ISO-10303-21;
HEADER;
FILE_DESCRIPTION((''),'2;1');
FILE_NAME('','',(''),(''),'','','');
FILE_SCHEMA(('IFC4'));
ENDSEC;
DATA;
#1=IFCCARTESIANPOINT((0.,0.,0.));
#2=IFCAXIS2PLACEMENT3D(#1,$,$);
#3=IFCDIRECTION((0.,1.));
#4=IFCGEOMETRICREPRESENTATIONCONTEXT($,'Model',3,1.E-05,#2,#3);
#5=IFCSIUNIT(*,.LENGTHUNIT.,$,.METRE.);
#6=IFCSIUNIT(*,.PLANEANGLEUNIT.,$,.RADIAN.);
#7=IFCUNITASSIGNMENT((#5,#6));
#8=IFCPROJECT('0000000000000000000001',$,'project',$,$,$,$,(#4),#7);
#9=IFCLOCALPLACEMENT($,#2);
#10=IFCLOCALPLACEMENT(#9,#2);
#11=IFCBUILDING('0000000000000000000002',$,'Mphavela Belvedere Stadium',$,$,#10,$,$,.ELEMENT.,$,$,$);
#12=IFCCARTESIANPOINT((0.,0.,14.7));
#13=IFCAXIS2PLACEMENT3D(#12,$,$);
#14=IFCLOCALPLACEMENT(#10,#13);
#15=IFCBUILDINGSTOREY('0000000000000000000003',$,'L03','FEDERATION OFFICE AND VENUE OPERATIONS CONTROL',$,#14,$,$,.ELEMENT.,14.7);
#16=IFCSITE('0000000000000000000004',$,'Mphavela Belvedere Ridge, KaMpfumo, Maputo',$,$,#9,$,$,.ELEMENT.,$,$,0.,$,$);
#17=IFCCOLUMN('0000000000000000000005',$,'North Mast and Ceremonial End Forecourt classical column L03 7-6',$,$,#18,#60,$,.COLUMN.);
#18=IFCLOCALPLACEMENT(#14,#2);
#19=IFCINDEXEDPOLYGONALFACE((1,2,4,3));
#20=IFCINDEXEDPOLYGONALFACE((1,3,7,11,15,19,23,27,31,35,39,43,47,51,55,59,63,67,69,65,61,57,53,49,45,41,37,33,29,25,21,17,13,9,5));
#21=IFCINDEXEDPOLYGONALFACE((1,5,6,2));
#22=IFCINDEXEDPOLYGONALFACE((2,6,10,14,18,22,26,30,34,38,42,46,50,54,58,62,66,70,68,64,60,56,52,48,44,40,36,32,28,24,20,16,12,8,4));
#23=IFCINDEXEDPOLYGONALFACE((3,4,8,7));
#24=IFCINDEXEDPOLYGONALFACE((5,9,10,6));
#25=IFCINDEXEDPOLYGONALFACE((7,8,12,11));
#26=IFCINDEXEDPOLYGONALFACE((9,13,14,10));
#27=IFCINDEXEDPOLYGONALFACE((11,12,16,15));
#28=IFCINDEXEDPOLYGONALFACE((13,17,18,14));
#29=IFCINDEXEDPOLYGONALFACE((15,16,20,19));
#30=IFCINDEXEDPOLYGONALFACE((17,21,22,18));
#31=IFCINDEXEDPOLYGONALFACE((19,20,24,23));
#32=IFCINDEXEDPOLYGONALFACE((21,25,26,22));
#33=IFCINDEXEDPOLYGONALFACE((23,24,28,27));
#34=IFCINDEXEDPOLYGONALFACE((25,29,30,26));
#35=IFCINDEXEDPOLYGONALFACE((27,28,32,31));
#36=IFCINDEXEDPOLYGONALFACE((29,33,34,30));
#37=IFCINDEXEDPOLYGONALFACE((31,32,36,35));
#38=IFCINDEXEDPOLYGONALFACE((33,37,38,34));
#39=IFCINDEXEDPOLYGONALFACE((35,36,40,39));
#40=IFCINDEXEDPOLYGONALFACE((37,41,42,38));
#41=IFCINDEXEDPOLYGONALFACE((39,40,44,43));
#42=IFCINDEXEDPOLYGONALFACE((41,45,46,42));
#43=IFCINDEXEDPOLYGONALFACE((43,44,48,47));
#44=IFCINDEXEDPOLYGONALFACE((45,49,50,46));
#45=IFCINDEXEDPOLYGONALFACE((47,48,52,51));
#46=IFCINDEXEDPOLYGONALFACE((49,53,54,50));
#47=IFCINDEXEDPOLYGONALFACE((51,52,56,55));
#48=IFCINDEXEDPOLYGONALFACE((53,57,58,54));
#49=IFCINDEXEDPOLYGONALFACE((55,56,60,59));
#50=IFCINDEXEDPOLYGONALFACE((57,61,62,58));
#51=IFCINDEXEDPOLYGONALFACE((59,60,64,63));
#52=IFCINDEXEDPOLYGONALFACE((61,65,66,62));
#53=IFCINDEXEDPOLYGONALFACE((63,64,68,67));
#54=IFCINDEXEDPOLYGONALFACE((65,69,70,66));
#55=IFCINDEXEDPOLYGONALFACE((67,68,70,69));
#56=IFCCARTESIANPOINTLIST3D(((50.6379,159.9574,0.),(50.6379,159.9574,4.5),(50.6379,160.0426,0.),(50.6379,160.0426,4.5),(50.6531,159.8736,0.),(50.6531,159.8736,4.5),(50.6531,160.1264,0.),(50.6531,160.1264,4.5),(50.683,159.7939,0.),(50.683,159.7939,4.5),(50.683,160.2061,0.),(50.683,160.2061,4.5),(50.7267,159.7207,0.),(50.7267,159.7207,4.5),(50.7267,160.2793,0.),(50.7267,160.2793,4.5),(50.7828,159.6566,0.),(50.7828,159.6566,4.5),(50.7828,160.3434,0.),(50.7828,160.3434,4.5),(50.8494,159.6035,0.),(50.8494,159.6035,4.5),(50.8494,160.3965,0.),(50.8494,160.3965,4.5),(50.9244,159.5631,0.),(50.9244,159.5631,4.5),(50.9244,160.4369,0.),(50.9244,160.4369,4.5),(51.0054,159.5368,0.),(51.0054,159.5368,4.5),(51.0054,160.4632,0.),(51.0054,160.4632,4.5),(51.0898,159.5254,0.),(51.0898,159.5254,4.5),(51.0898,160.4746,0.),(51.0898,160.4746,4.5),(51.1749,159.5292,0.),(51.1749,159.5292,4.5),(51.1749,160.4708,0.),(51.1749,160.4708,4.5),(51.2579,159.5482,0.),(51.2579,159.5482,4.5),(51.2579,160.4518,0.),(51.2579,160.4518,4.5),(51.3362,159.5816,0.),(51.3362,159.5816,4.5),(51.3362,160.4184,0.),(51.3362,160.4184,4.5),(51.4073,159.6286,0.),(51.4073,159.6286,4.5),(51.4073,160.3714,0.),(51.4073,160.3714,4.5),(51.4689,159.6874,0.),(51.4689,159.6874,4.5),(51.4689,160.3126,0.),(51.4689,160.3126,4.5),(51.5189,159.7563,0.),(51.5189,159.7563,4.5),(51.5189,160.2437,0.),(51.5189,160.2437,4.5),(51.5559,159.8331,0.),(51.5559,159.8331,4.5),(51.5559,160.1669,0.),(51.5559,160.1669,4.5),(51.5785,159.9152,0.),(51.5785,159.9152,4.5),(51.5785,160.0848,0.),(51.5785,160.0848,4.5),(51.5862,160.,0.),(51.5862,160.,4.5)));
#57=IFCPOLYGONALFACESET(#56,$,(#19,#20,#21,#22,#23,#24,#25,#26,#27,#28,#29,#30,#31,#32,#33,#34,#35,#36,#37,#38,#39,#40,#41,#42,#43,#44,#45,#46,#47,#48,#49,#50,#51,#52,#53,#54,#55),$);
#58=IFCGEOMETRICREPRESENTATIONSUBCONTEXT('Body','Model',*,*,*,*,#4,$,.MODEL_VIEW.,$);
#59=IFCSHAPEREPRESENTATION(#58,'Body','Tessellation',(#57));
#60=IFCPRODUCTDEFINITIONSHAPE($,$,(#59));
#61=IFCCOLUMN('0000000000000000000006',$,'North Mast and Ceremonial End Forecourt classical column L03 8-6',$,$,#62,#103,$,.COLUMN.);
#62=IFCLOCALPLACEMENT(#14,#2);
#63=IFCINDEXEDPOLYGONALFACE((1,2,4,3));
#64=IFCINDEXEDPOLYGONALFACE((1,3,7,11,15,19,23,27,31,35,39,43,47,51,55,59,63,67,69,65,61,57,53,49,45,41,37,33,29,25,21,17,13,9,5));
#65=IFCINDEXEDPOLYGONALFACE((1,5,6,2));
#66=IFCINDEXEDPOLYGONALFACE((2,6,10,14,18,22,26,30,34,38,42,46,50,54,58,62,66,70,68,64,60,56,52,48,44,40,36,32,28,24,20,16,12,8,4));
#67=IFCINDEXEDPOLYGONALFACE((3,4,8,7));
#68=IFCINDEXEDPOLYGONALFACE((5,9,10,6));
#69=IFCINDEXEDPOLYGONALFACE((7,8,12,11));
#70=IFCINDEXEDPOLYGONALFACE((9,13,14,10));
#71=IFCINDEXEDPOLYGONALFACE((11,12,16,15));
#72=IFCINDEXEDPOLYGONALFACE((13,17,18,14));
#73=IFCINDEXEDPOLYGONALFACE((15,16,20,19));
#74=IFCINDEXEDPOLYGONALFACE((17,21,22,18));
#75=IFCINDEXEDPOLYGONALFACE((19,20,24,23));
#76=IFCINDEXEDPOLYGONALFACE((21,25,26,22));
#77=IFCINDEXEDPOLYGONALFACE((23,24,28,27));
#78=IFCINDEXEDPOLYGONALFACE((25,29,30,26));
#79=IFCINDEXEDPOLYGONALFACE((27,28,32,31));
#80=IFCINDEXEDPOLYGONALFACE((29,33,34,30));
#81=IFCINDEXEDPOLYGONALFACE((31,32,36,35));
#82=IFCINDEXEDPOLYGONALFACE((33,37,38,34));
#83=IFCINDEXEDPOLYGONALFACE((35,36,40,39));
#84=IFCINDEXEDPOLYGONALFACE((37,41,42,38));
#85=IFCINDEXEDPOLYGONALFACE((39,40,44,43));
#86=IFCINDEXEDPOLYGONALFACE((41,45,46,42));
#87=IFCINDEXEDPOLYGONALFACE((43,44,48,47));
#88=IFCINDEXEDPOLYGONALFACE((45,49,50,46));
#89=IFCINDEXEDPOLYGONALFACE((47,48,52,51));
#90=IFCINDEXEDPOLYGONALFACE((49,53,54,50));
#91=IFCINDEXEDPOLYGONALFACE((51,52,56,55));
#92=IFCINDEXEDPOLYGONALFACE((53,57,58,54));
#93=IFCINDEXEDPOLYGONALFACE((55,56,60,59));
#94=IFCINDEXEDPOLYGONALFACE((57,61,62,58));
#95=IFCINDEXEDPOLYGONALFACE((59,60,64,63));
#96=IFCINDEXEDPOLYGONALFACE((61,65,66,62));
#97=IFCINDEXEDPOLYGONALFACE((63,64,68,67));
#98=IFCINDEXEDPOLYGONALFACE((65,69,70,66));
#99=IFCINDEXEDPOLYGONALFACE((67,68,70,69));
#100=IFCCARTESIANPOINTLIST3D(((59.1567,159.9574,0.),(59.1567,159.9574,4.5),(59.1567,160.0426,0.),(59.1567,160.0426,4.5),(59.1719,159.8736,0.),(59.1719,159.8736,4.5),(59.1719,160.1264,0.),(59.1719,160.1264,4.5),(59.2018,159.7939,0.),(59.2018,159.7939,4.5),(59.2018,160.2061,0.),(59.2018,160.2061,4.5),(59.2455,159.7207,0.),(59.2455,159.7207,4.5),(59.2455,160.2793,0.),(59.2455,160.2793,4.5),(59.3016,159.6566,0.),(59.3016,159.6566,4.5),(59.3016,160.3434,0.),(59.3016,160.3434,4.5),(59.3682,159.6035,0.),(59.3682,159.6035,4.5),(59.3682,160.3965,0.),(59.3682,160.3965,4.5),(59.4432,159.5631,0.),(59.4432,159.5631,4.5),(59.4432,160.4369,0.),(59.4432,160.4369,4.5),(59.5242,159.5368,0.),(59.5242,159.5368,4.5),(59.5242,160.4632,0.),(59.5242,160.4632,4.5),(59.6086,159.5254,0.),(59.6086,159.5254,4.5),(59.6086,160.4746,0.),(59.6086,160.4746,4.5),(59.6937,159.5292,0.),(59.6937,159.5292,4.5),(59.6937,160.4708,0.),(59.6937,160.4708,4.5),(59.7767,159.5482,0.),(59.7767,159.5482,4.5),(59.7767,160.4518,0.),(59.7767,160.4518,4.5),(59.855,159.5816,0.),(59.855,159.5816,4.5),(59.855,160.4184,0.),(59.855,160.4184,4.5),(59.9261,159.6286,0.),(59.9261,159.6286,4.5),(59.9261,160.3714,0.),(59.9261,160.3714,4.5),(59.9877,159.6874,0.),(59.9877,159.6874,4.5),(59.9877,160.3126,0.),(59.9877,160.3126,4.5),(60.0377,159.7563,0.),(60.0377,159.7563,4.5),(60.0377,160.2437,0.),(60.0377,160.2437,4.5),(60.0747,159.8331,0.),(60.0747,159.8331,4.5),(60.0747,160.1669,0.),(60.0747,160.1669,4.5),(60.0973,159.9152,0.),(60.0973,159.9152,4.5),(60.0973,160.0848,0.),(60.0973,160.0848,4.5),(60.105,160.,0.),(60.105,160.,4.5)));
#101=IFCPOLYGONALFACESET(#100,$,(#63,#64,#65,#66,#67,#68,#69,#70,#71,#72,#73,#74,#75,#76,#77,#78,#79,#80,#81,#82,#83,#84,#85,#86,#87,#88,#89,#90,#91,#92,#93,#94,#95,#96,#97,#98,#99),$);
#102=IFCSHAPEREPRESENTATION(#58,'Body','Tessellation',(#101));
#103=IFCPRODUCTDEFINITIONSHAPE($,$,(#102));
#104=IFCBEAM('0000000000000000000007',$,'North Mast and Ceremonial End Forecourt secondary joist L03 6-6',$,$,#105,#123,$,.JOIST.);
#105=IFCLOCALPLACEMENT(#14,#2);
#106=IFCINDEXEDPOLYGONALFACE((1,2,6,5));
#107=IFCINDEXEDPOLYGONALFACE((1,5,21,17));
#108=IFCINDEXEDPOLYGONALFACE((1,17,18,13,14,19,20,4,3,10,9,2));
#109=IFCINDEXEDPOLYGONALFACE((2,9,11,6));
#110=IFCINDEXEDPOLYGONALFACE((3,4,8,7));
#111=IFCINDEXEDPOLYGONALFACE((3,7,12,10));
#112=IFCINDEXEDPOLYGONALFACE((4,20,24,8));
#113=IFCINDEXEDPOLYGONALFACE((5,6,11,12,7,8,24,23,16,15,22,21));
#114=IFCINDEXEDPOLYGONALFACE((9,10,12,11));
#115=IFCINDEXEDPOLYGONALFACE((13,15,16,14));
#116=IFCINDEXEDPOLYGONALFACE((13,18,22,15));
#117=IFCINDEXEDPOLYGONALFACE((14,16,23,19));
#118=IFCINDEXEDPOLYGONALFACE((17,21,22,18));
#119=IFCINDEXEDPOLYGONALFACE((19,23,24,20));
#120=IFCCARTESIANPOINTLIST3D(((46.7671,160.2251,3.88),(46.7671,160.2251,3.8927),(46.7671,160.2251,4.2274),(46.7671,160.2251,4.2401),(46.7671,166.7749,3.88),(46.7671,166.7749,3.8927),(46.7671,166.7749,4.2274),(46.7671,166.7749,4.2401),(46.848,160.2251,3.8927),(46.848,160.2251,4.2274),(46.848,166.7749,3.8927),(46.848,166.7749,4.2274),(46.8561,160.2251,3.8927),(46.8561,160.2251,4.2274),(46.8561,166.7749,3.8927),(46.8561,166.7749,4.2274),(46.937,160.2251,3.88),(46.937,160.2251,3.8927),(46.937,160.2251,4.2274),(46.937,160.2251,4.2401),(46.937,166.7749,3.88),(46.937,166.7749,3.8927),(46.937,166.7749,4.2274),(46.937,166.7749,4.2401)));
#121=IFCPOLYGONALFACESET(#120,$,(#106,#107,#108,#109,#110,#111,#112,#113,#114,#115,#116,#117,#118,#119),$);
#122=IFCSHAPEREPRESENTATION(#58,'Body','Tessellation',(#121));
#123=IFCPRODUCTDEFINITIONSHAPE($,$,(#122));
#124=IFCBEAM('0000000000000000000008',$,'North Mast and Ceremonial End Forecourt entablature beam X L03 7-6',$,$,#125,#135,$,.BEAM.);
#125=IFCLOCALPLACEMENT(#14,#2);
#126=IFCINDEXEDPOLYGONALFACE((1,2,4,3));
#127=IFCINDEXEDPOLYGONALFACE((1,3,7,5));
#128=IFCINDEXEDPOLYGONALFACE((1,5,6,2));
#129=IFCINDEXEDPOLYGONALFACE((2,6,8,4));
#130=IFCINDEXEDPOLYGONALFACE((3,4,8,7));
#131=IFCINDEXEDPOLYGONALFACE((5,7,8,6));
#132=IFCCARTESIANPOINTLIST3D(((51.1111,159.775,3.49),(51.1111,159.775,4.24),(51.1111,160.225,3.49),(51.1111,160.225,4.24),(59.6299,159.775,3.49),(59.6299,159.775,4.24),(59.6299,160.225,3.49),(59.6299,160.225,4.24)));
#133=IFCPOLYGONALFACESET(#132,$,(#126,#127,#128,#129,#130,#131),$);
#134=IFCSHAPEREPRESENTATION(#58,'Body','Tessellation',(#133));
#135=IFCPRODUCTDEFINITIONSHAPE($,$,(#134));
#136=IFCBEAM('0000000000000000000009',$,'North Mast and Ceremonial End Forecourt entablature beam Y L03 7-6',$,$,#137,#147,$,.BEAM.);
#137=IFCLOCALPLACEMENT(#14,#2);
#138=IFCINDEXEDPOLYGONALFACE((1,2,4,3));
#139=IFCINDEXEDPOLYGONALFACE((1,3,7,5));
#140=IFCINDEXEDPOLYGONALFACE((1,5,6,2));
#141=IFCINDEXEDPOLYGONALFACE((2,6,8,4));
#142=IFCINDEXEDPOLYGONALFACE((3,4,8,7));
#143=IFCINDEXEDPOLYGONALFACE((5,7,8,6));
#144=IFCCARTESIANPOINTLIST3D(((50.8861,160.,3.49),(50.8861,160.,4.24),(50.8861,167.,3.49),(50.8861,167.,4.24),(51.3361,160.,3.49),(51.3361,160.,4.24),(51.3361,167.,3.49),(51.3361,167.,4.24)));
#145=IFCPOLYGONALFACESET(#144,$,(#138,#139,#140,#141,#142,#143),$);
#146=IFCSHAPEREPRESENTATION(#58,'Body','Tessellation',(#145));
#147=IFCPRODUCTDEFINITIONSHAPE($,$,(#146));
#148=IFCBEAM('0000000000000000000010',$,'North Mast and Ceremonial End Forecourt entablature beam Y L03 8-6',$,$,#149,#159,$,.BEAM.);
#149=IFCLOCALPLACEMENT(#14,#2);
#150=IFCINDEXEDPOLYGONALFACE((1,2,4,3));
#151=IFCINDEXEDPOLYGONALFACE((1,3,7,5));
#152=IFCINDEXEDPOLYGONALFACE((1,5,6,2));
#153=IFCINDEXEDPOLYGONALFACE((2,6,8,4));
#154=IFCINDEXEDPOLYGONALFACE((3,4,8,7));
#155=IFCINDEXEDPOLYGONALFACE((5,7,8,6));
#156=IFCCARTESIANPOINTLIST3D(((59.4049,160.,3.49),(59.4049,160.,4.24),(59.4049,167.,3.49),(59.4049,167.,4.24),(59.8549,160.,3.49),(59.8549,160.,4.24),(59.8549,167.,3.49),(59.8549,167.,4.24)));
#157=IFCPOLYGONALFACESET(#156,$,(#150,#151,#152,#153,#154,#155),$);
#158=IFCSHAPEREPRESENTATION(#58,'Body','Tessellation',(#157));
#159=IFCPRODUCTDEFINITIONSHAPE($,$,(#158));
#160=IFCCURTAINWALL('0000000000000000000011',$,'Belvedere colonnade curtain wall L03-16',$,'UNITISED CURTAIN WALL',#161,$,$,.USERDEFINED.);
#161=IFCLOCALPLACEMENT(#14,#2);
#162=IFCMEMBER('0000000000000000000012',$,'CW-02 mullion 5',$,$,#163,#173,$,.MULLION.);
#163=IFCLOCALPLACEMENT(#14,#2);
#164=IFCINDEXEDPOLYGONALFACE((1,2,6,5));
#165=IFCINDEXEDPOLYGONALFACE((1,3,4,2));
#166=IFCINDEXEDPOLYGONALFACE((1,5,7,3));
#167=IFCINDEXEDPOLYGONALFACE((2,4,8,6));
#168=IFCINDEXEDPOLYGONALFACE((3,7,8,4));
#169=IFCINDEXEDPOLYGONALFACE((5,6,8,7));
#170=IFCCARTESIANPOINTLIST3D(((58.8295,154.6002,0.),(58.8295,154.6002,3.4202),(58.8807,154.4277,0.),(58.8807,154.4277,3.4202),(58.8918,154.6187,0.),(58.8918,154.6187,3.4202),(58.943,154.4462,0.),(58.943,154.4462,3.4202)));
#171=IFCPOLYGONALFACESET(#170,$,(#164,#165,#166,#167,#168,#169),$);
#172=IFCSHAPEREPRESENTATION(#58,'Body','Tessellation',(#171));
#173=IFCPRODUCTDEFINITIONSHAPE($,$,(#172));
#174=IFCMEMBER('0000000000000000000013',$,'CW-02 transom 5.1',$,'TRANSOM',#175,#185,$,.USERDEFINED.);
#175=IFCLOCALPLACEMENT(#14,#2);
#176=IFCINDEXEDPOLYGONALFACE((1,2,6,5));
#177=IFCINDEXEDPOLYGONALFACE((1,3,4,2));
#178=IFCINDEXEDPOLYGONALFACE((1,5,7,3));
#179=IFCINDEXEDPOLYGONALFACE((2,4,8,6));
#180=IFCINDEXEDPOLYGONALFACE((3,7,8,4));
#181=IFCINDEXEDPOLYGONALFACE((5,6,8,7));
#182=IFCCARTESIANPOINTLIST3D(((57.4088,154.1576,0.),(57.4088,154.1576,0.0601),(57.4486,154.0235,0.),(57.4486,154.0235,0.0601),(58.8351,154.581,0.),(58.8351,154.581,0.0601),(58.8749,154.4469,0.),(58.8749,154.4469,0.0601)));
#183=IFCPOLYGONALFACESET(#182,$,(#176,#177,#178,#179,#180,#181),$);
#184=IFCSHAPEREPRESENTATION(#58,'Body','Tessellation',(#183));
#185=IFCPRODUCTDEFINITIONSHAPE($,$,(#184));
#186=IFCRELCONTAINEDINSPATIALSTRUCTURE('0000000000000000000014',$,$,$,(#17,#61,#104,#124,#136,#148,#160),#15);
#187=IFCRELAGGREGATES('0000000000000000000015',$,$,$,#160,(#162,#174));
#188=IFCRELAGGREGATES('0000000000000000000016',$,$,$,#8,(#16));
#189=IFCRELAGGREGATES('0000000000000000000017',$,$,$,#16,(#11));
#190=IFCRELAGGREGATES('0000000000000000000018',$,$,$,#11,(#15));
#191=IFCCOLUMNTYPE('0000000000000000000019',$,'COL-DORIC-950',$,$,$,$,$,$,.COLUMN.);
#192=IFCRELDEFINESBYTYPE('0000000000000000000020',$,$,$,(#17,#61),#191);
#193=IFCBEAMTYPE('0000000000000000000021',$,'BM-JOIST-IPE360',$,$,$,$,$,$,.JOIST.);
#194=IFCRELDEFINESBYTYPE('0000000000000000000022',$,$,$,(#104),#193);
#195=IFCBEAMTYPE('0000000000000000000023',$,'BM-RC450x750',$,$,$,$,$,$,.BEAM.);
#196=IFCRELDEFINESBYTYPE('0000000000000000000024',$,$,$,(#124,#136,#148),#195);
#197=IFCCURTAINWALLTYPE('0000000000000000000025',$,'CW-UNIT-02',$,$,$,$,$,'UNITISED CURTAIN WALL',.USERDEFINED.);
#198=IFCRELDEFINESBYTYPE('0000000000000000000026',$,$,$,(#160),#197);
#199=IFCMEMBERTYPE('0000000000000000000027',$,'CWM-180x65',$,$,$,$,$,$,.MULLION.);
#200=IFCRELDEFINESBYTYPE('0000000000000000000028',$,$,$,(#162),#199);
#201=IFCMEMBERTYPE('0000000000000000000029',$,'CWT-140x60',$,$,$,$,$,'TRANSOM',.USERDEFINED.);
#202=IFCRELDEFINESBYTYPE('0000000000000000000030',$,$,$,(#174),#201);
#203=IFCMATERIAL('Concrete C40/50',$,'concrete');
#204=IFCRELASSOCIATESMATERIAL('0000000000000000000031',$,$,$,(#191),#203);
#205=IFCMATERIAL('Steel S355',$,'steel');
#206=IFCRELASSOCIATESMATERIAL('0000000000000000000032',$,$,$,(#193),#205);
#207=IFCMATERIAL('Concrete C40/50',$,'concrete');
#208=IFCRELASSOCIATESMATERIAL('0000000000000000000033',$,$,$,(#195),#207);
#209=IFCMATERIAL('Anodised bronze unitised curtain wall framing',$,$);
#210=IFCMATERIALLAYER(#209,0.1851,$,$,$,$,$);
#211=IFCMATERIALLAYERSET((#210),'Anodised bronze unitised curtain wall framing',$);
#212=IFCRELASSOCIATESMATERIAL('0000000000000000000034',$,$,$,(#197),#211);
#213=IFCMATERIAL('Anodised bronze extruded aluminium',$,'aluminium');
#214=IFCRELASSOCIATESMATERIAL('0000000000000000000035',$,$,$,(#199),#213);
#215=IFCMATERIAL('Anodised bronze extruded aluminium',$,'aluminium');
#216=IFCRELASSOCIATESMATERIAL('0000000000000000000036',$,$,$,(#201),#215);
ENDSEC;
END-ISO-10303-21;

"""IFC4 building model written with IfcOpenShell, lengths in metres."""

from ifc_helpers import new_model, si_unit, direction, frame, origin, origin_2d, place, context, subcontext, project, spatial, rectangle, circle, i_section, extrude, material, layer, layer_set, material_profile, profile_set, type_object, element, aggregate, save


model = new_model("IFC4")

# Units and contexts
model_context = context("Model", 3, precision=1e-05, world=origin(), true_north=direction((0.0, 1.0)))
body_context = subcontext(model_context, "Body", "Model", "MODEL_VIEW")
ifc_project = project(units=[si_unit("LENGTHUNIT", "METRE"), si_unit("PLANEANGLEUNIT", "RADIAN")], contexts=[model_context])

# Site, building, storey
site_placement = place(None, origin())
site = spatial("IfcSite", under=ifc_project, at=site_placement, Name="Mphavela Belvedere Ridge, KaMpfumo, Maputo", CompositionType="ELEMENT", RefElevation=0.0)
building_placement = place(site_placement, origin())
building = spatial("IfcBuilding", under=site, at=building_placement, Name="Mphavela Belvedere Stadium", CompositionType="ELEMENT")
storey_placement = place(building_placement, frame((0.0, 0.0, 14.7)))
storey = spatial("IfcBuildingStorey", under=building, at=storey_placement, Name="L03", Description="FEDERATION OFFICE AND VENUE OPERATIONS CONTROL", CompositionType="ELEMENT", Elevation=14.7)

# Columns
ifc_material_1 = material(Name="Concrete C40/50", Category="concrete")
ifc_material_profile_1 = material_profile(ifc_material_1, circle(Radius=0.4751, at=origin_2d()), Name="COL D950")
ifc_profile_set_1 = profile_set([ifc_material_profile_1], Name="Concrete C40/50")
column_type = type_object("IfcColumnType", Name="COL-DORIC-950", PredefinedType="COLUMN", material=ifc_profile_set_1)
for number, where, z_axis, x_axis, name in (
    (1, (51.1111, 160.0, 0.0), (0.0, 0.0, 1.0), (1.0, 0.0, 0.0), "North Mast and Ceremonial End Forecourt classical column L03 7-6"),
    (2, (59.6299, 160.0, 0.0), (0.0, 0.0, 1.0), (1.0, 0.0, 0.0), "North Mast and Ceremonial End Forecourt classical column L03 8-6"),
):
    element("IfcColumn", number, at=place(storey_placement, frame(where, z_axis=z_axis, x_axis=x_axis)), inside=storey, type_object=column_type, Name=name, PredefinedType="COLUMN", context=body_context, shape_type="SweptSolid", body=[
        extrude(circle(Radius=0.4751, at=origin_2d()), origin(), (0.0, 0.0, 1.0), 4.5),
    ])

# Beams
ifc_material_2 = material(Name="Steel S355", Category="steel")
ifc_material_profile_2 = material_profile(ifc_material_2, i_section(OverallWidth=0.1699, OverallDepth=0.3601, WebThickness=0.0081, FlangeThickness=0.0127, at=origin_2d()), Name="IPE 360")
ifc_profile_set_2 = profile_set([ifc_material_profile_2], Name="Steel S355")
beam_type_1 = type_object("IfcBeamType", Name="BM-JOIST-IPE360", PredefinedType="JOIST", material=ifc_profile_set_2)
beam_1_placement = place(storey_placement, frame((46.8521, 160.2251, 4.0601), z_axis=(0.0, 1.0, 0.0), x_axis=(-1.0, 0.0, 0.0)))
element("IfcBeam", 3, at=beam_1_placement, inside=storey, type_object=beam_type_1, Name="North Mast and Ceremonial End Forecourt secondary joist L03 6-6", PredefinedType="JOIST", context=body_context, shape_type="SweptSolid", body=[
    extrude(i_section(OverallWidth=0.1699, OverallDepth=0.3601, WebThickness=0.0081, FlangeThickness=0.0127, at=origin_2d()), origin(), (0.0, 0.0, 1.0), 6.5498),
])
ifc_material_3 = material(Name="Concrete C40/50", Category="concrete")
ifc_material_profile_3 = material_profile(ifc_material_3, rectangle(XDim=0.45, YDim=0.75, at=origin_2d()), Name="RC 450x750")
ifc_profile_set_3 = profile_set([ifc_material_profile_3], Name="Concrete C40/50")
beam_type_2 = type_object("IfcBeamType", Name="BM-RC450x750", PredefinedType="BEAM", material=ifc_profile_set_3)
beam_2_placement = place(storey_placement, frame((51.1111, 160.0, 3.865), z_axis=(1.0, 0.0, 0.0), x_axis=(0.0, 1.0, 0.0)))
element("IfcBeam", 4, at=beam_2_placement, inside=storey, type_object=beam_type_2, Name="North Mast and Ceremonial End Forecourt entablature beam X L03 7-6", PredefinedType="BEAM", context=body_context, shape_type="SweptSolid", body=[
    extrude(rectangle(XDim=0.45, YDim=0.75, at=origin_2d()), origin(), (0.0, 0.0, 1.0), 8.5188),
])
for number, where, z_axis, x_axis, name in (
    (5, (51.1111, 160.0, 3.865), (0.0, 1.0, 0.0), (-1.0, 0.0, 0.0), "North Mast and Ceremonial End Forecourt entablature beam Y L03 7-6"),
    (6, (59.6299, 160.0, 3.865), (0.0, 1.0, 0.0), (-1.0, 0.0, 0.0), "North Mast and Ceremonial End Forecourt entablature beam Y L03 8-6"),
):
    element("IfcBeam", number, at=place(storey_placement, frame(where, z_axis=z_axis, x_axis=x_axis)), inside=storey, type_object=beam_type_2, Name=name, PredefinedType="BEAM", context=body_context, shape_type="SweptSolid", body=[
        extrude(rectangle(XDim=0.45, YDim=0.75, at=origin_2d()), origin(), (0.0, 0.0, 1.0), 7.0),
    ])

# Curtain wall, members
ifc_material_4 = material(Name="Anodised bronze unitised curtain wall framing")
ifc_layer_1 = layer(ifc_material_4, 0.1851)
ifc_layer_set_1 = layer_set([ifc_layer_1], Name="Anodised bronze unitised curtain wall framing")
curtain_wall_type = type_object("IfcCurtainWallType", Name="CW-UNIT-02", ElementType="UNITISED CURTAIN WALL", PredefinedType="USERDEFINED", material=ifc_layer_set_1)
curtain_wall_placement = place(storey_placement, origin())
curtain_wall = element("IfcCurtainWall", 7, at=curtain_wall_placement, inside=storey, type_object=curtain_wall_type, Name="Belvedere colonnade curtain wall L03-16", ObjectType="UNITISED CURTAIN WALL", PredefinedType="USERDEFINED")
ifc_material_5 = material(Name="Anodised bronze extruded aluminium", Category="aluminium")
ifc_material_profile_4 = material_profile(ifc_material_5, rectangle(XDim=0.1799, YDim=0.0649, at=origin_2d()), Name="CW-MUL 180x65")
ifc_profile_set_4 = profile_set([ifc_material_profile_4], Name="Anodised bronze extruded aluminium")
member_type_1 = type_object("IfcMemberType", Name="CWM-180x65", PredefinedType="MULLION", material=ifc_profile_set_4)
member_1_placement = place(storey_placement, frame((58.8862, 154.5232, 0.0), z_axis=(0.0, 0.0, 1.0), x_axis=(0.284565, -0.958657, 0.0)))
member_1 = element("IfcMember", 8, at=member_1_placement, type_object=member_type_1, Name="CW-02 mullion 5", PredefinedType="MULLION", context=body_context, shape_type="SweptSolid", body=[
    extrude(rectangle(XDim=0.1799, YDim=0.0649, at=origin_2d()), origin(), (0.0, 0.0, 1.0), 3.4202),
])
ifc_material_6 = material(Name="Anodised bronze extruded aluminium", Category="aluminium")
ifc_material_profile_5 = material_profile(ifc_material_6, rectangle(XDim=0.1399, YDim=0.0601, at=origin_2d()), Name="CW-TRN 140x60")
ifc_profile_set_5 = profile_set([ifc_material_profile_5], Name="Anodised bronze extruded aluminium")
member_type_2 = type_object("IfcMemberType", Name="CWT-140x60", ElementType="TRANSOM", PredefinedType="USERDEFINED", material=ifc_profile_set_5)
member_2_placement = place(storey_placement, frame((58.855, 154.5139, 0.03), z_axis=(-0.958662, -0.284546, 0.0), x_axis=(0.284546, -0.958662, 0.0)))
member_2 = element("IfcMember", 9, at=member_2_placement, type_object=member_type_2, Name="CW-02 transom 5.1", ObjectType="TRANSOM", PredefinedType="USERDEFINED", context=body_context, shape_type="SweptSolid", body=[
    extrude(rectangle(XDim=0.1399, YDim=0.0601, at=origin_2d()), origin(), (0.0, 0.0, 1.0), 1.4878),
])
aggregate(curtain_wall, [member_1, member_2])

save(model, "model.ifc")
